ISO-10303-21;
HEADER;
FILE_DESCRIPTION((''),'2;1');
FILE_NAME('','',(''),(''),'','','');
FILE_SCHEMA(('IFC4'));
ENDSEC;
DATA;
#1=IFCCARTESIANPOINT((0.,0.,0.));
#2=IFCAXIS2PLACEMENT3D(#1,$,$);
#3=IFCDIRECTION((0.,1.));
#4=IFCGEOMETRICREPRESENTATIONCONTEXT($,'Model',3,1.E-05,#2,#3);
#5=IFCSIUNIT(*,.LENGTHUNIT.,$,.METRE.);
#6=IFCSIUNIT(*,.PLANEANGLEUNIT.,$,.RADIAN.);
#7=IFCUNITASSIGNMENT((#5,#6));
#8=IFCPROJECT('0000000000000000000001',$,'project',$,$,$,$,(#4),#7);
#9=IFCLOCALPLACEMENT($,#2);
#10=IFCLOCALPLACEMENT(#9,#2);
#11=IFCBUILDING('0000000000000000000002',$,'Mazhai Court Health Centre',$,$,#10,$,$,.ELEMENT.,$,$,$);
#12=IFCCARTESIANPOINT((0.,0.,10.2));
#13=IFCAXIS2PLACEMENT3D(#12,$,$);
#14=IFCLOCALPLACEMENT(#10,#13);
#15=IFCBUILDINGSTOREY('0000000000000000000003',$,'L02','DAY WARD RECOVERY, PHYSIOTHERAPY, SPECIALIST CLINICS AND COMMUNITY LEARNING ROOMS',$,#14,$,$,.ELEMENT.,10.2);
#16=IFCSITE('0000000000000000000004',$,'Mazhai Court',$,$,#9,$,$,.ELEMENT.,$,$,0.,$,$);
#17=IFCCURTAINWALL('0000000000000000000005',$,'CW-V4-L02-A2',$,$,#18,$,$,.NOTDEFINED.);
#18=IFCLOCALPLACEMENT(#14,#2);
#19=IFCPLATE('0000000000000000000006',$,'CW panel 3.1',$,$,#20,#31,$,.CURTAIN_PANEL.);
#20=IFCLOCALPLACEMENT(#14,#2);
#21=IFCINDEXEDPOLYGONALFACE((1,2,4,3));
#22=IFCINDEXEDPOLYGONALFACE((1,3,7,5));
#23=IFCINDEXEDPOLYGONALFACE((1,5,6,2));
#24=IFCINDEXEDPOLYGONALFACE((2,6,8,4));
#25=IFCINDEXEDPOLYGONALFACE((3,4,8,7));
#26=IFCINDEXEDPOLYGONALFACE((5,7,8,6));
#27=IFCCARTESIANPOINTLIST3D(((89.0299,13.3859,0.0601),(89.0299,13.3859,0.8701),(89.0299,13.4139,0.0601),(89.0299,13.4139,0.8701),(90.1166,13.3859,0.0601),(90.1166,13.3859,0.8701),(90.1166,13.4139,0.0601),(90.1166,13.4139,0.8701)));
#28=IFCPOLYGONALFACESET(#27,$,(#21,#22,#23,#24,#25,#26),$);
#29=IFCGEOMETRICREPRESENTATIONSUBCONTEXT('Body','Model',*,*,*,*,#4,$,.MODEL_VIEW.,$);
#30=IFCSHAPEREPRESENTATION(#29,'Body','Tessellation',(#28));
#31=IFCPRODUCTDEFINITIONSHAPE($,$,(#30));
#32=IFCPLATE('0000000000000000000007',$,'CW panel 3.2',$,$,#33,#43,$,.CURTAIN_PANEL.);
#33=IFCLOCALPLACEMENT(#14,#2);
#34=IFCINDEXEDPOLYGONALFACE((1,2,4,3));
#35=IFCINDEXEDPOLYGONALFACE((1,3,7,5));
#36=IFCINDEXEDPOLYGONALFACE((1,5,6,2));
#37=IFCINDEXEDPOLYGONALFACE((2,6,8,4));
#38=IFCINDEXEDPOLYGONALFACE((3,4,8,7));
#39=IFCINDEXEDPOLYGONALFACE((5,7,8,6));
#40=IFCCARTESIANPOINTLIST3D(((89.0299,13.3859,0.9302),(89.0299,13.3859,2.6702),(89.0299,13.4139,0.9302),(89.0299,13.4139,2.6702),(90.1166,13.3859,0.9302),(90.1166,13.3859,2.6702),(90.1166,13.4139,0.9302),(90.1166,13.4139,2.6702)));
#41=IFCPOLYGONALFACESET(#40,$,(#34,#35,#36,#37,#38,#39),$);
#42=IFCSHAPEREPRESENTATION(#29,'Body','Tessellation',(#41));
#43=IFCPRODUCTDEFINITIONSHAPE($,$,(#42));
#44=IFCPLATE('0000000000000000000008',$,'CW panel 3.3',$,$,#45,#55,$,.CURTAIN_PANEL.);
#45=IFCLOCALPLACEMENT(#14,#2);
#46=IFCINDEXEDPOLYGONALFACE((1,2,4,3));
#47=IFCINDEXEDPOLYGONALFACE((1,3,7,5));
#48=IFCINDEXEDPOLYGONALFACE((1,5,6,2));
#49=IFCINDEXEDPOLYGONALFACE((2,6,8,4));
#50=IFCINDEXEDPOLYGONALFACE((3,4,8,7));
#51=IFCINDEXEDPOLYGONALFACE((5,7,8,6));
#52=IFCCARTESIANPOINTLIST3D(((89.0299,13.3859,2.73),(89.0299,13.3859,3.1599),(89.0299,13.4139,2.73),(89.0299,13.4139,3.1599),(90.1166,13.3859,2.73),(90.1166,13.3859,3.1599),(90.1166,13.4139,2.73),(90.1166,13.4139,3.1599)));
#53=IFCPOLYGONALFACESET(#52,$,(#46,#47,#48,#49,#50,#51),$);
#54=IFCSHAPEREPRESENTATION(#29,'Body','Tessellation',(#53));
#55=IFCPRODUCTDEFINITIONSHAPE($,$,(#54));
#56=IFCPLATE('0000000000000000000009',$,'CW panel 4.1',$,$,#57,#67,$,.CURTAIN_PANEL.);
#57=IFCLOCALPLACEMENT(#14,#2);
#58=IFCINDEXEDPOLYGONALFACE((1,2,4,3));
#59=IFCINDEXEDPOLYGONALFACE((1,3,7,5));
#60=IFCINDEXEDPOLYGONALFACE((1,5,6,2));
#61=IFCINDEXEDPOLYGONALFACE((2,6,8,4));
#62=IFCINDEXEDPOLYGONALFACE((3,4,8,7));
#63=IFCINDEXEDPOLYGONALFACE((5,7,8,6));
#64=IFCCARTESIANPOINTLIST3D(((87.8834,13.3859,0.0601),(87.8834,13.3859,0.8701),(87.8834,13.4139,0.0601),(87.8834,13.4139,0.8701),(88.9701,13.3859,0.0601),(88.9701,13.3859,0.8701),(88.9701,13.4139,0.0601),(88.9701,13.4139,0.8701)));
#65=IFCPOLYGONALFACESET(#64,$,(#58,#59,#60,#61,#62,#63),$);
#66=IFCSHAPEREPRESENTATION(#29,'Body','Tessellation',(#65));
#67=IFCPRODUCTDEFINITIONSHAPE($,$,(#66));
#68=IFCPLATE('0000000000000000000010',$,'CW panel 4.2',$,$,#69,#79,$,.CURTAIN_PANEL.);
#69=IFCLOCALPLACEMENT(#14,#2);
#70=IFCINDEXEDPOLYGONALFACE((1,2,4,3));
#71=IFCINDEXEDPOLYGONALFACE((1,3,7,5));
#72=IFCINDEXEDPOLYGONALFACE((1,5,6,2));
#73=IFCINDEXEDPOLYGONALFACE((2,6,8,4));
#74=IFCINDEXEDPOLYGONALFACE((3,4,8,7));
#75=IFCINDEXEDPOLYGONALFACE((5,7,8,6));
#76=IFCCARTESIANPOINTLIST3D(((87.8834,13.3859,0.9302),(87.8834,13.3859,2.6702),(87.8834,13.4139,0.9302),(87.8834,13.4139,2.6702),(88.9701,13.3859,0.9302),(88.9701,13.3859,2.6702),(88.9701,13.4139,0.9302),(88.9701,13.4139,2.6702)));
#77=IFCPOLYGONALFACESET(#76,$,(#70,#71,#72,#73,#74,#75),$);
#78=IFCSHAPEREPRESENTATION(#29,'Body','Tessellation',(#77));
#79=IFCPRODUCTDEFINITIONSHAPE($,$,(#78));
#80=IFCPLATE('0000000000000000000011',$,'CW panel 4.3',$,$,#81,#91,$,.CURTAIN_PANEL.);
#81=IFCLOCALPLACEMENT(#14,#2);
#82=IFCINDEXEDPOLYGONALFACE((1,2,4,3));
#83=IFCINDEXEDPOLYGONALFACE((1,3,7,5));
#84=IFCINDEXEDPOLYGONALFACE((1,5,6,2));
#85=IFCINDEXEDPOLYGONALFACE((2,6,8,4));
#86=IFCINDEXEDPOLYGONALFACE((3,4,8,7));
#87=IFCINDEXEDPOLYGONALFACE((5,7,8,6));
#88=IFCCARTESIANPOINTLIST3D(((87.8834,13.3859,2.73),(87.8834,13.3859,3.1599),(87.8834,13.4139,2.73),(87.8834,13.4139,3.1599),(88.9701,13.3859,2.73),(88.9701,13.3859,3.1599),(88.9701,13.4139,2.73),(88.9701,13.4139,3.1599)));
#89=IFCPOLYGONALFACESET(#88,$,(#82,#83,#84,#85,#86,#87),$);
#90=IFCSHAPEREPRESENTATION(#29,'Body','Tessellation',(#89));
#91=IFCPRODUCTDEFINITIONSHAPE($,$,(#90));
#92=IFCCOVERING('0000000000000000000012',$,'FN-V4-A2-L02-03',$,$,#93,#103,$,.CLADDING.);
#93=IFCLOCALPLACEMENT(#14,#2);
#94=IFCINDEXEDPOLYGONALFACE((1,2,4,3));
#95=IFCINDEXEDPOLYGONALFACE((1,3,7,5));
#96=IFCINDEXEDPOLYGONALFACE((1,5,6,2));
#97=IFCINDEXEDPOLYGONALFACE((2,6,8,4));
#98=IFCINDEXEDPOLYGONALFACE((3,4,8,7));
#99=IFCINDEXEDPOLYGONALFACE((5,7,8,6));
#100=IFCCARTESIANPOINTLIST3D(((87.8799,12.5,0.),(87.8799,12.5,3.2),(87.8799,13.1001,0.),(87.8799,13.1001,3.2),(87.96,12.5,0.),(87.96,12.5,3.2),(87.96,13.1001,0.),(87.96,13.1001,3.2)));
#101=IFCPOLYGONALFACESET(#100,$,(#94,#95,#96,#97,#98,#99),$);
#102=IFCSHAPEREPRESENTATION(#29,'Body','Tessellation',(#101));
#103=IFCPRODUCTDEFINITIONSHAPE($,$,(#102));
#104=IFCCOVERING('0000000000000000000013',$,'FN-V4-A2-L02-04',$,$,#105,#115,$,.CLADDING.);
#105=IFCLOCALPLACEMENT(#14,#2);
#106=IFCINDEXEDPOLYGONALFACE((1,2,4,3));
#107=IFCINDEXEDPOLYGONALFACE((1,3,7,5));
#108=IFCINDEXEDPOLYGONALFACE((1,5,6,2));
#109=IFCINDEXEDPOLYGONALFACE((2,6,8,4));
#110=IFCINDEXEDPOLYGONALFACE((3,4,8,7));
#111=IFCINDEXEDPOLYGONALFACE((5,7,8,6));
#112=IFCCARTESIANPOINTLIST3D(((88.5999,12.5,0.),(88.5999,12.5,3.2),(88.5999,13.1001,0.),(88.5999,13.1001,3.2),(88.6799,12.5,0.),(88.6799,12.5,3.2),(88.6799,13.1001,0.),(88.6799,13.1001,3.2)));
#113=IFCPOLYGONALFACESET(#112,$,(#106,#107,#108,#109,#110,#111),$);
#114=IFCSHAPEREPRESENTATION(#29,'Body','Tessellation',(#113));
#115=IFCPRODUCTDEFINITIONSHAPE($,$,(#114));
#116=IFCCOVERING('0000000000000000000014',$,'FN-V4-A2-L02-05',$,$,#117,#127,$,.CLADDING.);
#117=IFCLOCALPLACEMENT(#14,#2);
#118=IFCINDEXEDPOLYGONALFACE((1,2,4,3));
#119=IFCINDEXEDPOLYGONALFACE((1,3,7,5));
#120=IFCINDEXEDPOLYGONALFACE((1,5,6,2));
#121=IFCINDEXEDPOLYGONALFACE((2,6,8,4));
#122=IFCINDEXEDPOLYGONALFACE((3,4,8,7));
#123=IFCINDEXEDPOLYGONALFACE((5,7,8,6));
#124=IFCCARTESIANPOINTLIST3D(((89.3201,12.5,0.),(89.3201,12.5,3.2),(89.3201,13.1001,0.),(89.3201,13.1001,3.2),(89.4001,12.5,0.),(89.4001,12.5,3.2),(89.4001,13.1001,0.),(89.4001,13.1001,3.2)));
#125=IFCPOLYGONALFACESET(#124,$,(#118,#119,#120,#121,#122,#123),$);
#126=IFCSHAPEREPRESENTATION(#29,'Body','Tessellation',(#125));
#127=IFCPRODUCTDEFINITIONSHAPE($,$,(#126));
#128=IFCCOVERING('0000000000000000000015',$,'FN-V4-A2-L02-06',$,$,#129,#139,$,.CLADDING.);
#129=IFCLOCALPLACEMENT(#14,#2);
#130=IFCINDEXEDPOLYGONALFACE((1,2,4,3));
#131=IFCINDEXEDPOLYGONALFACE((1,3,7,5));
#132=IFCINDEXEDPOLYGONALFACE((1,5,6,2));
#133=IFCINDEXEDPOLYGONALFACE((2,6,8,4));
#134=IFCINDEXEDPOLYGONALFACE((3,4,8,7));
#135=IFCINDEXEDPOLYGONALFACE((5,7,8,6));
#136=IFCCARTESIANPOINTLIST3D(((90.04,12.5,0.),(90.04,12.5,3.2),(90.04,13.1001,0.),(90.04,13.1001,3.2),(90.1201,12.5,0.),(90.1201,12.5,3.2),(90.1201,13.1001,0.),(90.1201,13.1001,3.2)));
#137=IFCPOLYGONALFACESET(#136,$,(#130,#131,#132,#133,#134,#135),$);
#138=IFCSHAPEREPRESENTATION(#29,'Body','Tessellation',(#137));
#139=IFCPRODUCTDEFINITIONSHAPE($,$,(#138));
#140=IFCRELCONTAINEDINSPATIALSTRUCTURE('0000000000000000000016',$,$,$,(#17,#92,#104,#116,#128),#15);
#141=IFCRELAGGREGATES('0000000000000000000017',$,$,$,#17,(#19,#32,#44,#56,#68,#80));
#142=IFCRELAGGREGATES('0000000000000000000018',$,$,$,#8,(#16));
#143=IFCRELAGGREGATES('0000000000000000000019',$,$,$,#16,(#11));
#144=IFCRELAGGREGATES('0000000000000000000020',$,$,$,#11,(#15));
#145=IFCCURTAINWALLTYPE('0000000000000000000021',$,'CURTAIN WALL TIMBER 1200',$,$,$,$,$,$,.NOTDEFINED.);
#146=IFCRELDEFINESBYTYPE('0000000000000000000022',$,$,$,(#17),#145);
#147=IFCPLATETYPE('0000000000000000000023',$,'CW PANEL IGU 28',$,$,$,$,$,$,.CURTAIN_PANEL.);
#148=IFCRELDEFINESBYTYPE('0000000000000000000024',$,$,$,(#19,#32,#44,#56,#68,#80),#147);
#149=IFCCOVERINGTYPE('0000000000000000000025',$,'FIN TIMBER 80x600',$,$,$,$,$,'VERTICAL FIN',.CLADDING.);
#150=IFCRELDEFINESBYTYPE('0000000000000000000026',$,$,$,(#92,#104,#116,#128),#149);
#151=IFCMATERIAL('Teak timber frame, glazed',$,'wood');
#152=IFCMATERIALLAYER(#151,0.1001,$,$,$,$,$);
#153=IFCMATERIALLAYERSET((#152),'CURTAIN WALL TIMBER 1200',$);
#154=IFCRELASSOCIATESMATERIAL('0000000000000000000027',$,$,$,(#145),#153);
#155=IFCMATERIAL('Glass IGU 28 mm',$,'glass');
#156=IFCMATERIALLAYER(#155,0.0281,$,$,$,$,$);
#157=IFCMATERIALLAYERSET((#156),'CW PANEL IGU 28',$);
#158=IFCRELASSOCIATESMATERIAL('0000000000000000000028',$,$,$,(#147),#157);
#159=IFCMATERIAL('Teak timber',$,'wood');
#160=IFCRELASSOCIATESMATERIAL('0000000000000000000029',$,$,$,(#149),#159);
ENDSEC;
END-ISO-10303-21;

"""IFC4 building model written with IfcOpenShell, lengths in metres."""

from ifc_helpers import new_model, si_unit, direction, frame, origin, origin_2d, place, context, subcontext, project, spatial, rectangle, extrude, material, layer, layer_set, type_object, element, aggregate, save


model = new_model("IFC4")

# Units and contexts
model_context = context("Model", 3, precision=1e-05, world=origin(), true_north=direction((0.0, 1.0)))
body_context = subcontext(model_context, "Body", "Model", "MODEL_VIEW")
ifc_project = project(units=[si_unit("LENGTHUNIT", "METRE"), si_unit("PLANEANGLEUNIT", "RADIAN")], contexts=[model_context])

# Site, building, storey
site_placement = place(None, origin())
site = spatial("IfcSite", under=ifc_project, at=site_placement, Name="Mazhai Court", CompositionType="ELEMENT", RefElevation=0.0)
building_placement = place(site_placement, origin())
building = spatial("IfcBuilding", under=site, at=building_placement, Name="Mazhai Court Health Centre", CompositionType="ELEMENT")
storey_placement = place(building_placement, frame((0.0, 0.0, 10.2)))
storey = spatial("IfcBuildingStorey", under=building, at=storey_placement, Name="L02", Description="DAY WARD RECOVERY, PHYSIOTHERAPY, SPECIALIST CLINICS AND COMMUNITY LEARNING ROOMS", CompositionType="ELEMENT", Elevation=10.2)

# Curtain wall
ifc_material_1 = material(Name="Teak timber frame, glazed", Category="wood")
ifc_layer_1 = layer(ifc_material_1, 0.1001)
ifc_layer_set_1 = layer_set([ifc_layer_1], Name="CURTAIN WALL TIMBER 1200")
curtain_wall_type = type_object("IfcCurtainWallType", Name="CURTAIN WALL TIMBER 1200", PredefinedType="NOTDEFINED", material=ifc_layer_set_1)
curtain_wall_placement = place(storey_placement, origin())
curtain_wall = element("IfcCurtainWall", 1, at=curtain_wall_placement, inside=storey, type_object=curtain_wall_type, Name="CW-V4-L02-A2", PredefinedType="NOTDEFINED")

# Plates
ifc_material_2 = material(Name="Glass IGU 28 mm", Category="glass")
ifc_layer_2 = layer(ifc_material_2, 0.0281)
ifc_layer_set_2 = layer_set([ifc_layer_2], Name="CW PANEL IGU 28")
plate_type = type_object("IfcPlateType", Name="CW PANEL IGU 28", PredefinedType="CURTAIN_PANEL", material=ifc_layer_set_2)
plate_1_placement = place(storey_placement, frame((89.5732, 13.3999, 0.0601), z_axis=(0.0, 0.0, 1.0), x_axis=(-1.0, 0.0, 0.0)))
plate_1 = element("IfcPlate", 2, at=plate_1_placement, type_object=plate_type, Name="CW panel 3.1", PredefinedType="CURTAIN_PANEL", context=body_context, shape_type="SweptSolid", body=[
    extrude(rectangle(XDim=1.0867, YDim=0.0281, at=origin_2d()), origin(), (0.0, 0.0, 1.0), 0.8101),
])
plate_2_placement = place(storey_placement, frame((89.5732, 13.3999, 0.9302), z_axis=(0.0, 0.0, 1.0), x_axis=(-1.0, 0.0, 0.0)))
plate_2 = element("IfcPlate", 3, at=plate_2_placement, type_object=plate_type, Name="CW panel 3.2", PredefinedType="CURTAIN_PANEL", context=body_context, shape_type="SweptSolid", body=[
    extrude(rectangle(XDim=1.0867, YDim=0.0281, at=origin_2d()), origin(), (0.0, 0.0, 1.0), 1.74),
])
plate_3_placement = place(storey_placement, frame((89.5732, 13.3999, 2.73), z_axis=(0.0, 0.0, 1.0), x_axis=(-1.0, 0.0, 0.0)))
plate_3 = element("IfcPlate", 4, at=plate_3_placement, type_object=plate_type, Name="CW panel 3.3", PredefinedType="CURTAIN_PANEL", context=body_context, shape_type="SweptSolid", body=[
    extrude(rectangle(XDim=1.0867, YDim=0.0281, at=origin_2d()), origin(), (0.0, 0.0, 1.0), 0.4299),
])
plate_4_placement = place(storey_placement, frame((88.4268, 13.3999, 0.0601), z_axis=(0.0, 0.0, 1.0), x_axis=(-1.0, 0.0, 0.0)))
plate_4 = element("IfcPlate", 5, at=plate_4_placement, type_object=plate_type, Name="CW panel 4.1", PredefinedType="CURTAIN_PANEL", context=body_context, shape_type="SweptSolid", body=[
    extrude(rectangle(XDim=1.0867, YDim=0.0281, at=origin_2d()), origin(), (0.0, 0.0, 1.0), 0.8101),
])
plate_5_placement = place(storey_placement, frame((88.4268, 13.3999, 0.9302), z_axis=(0.0, 0.0, 1.0), x_axis=(-1.0, 0.0, 0.0)))
plate_5 = element("IfcPlate", 6, at=plate_5_placement, type_object=plate_type, Name="CW panel 4.2", PredefinedType="CURTAIN_PANEL", context=body_context, shape_type="SweptSolid", body=[
    extrude(rectangle(XDim=1.0867, YDim=0.0281, at=origin_2d()), origin(), (0.0, 0.0, 1.0), 1.74),
])
plate_6_placement = place(storey_placement, frame((88.4268, 13.3999, 2.73), z_axis=(0.0, 0.0, 1.0), x_axis=(-1.0, 0.0, 0.0)))
plate_6 = element("IfcPlate", 7, at=plate_6_placement, type_object=plate_type, Name="CW panel 4.3", PredefinedType="CURTAIN_PANEL", context=body_context, shape_type="SweptSolid", body=[
    extrude(rectangle(XDim=1.0867, YDim=0.0281, at=origin_2d()), origin(), (0.0, 0.0, 1.0), 0.4299),
])
aggregate(curtain_wall, [plate_1, plate_2, plate_3, plate_4, plate_5, plate_6])

# Coverings
ifc_material_3 = material(Name="Teak timber", Category="wood")
covering_type = type_object("IfcCoveringType", Name="FIN TIMBER 80x600", ElementType="VERTICAL FIN", PredefinedType="CLADDING", material=ifc_material_3)
for number, where, z_axis, x_axis, name in (
    (8, (87.9199, 12.8, 0.0), (0.0, 0.0, 1.0), (1.0, 0.0, 0.0), "FN-V4-A2-L02-03"),
    (9, (88.6399, 12.8, 0.0), (0.0, 0.0, 1.0), (1.0, 0.0, 0.0), "FN-V4-A2-L02-04"),
    (10, (89.3601, 12.8, 0.0), (0.0, 0.0, 1.0), (1.0, 0.0, 0.0), "FN-V4-A2-L02-05"),
    (11, (90.0801, 12.8, 0.0), (0.0, 0.0, 1.0), (1.0, 0.0, 0.0), "FN-V4-A2-L02-06"),
):
    element("IfcCovering", number, at=place(storey_placement, frame(where, z_axis=z_axis, x_axis=x_axis)), inside=storey, type_object=covering_type, Name=name, PredefinedType="CLADDING", context=body_context, shape_type="SweptSolid", body=[
        extrude(rectangle(XDim=0.0801, YDim=0.6001, at=origin_2d()), origin(), (0.0, 0.0, 1.0), 3.2),
    ])

save(model, "model.ifc")
